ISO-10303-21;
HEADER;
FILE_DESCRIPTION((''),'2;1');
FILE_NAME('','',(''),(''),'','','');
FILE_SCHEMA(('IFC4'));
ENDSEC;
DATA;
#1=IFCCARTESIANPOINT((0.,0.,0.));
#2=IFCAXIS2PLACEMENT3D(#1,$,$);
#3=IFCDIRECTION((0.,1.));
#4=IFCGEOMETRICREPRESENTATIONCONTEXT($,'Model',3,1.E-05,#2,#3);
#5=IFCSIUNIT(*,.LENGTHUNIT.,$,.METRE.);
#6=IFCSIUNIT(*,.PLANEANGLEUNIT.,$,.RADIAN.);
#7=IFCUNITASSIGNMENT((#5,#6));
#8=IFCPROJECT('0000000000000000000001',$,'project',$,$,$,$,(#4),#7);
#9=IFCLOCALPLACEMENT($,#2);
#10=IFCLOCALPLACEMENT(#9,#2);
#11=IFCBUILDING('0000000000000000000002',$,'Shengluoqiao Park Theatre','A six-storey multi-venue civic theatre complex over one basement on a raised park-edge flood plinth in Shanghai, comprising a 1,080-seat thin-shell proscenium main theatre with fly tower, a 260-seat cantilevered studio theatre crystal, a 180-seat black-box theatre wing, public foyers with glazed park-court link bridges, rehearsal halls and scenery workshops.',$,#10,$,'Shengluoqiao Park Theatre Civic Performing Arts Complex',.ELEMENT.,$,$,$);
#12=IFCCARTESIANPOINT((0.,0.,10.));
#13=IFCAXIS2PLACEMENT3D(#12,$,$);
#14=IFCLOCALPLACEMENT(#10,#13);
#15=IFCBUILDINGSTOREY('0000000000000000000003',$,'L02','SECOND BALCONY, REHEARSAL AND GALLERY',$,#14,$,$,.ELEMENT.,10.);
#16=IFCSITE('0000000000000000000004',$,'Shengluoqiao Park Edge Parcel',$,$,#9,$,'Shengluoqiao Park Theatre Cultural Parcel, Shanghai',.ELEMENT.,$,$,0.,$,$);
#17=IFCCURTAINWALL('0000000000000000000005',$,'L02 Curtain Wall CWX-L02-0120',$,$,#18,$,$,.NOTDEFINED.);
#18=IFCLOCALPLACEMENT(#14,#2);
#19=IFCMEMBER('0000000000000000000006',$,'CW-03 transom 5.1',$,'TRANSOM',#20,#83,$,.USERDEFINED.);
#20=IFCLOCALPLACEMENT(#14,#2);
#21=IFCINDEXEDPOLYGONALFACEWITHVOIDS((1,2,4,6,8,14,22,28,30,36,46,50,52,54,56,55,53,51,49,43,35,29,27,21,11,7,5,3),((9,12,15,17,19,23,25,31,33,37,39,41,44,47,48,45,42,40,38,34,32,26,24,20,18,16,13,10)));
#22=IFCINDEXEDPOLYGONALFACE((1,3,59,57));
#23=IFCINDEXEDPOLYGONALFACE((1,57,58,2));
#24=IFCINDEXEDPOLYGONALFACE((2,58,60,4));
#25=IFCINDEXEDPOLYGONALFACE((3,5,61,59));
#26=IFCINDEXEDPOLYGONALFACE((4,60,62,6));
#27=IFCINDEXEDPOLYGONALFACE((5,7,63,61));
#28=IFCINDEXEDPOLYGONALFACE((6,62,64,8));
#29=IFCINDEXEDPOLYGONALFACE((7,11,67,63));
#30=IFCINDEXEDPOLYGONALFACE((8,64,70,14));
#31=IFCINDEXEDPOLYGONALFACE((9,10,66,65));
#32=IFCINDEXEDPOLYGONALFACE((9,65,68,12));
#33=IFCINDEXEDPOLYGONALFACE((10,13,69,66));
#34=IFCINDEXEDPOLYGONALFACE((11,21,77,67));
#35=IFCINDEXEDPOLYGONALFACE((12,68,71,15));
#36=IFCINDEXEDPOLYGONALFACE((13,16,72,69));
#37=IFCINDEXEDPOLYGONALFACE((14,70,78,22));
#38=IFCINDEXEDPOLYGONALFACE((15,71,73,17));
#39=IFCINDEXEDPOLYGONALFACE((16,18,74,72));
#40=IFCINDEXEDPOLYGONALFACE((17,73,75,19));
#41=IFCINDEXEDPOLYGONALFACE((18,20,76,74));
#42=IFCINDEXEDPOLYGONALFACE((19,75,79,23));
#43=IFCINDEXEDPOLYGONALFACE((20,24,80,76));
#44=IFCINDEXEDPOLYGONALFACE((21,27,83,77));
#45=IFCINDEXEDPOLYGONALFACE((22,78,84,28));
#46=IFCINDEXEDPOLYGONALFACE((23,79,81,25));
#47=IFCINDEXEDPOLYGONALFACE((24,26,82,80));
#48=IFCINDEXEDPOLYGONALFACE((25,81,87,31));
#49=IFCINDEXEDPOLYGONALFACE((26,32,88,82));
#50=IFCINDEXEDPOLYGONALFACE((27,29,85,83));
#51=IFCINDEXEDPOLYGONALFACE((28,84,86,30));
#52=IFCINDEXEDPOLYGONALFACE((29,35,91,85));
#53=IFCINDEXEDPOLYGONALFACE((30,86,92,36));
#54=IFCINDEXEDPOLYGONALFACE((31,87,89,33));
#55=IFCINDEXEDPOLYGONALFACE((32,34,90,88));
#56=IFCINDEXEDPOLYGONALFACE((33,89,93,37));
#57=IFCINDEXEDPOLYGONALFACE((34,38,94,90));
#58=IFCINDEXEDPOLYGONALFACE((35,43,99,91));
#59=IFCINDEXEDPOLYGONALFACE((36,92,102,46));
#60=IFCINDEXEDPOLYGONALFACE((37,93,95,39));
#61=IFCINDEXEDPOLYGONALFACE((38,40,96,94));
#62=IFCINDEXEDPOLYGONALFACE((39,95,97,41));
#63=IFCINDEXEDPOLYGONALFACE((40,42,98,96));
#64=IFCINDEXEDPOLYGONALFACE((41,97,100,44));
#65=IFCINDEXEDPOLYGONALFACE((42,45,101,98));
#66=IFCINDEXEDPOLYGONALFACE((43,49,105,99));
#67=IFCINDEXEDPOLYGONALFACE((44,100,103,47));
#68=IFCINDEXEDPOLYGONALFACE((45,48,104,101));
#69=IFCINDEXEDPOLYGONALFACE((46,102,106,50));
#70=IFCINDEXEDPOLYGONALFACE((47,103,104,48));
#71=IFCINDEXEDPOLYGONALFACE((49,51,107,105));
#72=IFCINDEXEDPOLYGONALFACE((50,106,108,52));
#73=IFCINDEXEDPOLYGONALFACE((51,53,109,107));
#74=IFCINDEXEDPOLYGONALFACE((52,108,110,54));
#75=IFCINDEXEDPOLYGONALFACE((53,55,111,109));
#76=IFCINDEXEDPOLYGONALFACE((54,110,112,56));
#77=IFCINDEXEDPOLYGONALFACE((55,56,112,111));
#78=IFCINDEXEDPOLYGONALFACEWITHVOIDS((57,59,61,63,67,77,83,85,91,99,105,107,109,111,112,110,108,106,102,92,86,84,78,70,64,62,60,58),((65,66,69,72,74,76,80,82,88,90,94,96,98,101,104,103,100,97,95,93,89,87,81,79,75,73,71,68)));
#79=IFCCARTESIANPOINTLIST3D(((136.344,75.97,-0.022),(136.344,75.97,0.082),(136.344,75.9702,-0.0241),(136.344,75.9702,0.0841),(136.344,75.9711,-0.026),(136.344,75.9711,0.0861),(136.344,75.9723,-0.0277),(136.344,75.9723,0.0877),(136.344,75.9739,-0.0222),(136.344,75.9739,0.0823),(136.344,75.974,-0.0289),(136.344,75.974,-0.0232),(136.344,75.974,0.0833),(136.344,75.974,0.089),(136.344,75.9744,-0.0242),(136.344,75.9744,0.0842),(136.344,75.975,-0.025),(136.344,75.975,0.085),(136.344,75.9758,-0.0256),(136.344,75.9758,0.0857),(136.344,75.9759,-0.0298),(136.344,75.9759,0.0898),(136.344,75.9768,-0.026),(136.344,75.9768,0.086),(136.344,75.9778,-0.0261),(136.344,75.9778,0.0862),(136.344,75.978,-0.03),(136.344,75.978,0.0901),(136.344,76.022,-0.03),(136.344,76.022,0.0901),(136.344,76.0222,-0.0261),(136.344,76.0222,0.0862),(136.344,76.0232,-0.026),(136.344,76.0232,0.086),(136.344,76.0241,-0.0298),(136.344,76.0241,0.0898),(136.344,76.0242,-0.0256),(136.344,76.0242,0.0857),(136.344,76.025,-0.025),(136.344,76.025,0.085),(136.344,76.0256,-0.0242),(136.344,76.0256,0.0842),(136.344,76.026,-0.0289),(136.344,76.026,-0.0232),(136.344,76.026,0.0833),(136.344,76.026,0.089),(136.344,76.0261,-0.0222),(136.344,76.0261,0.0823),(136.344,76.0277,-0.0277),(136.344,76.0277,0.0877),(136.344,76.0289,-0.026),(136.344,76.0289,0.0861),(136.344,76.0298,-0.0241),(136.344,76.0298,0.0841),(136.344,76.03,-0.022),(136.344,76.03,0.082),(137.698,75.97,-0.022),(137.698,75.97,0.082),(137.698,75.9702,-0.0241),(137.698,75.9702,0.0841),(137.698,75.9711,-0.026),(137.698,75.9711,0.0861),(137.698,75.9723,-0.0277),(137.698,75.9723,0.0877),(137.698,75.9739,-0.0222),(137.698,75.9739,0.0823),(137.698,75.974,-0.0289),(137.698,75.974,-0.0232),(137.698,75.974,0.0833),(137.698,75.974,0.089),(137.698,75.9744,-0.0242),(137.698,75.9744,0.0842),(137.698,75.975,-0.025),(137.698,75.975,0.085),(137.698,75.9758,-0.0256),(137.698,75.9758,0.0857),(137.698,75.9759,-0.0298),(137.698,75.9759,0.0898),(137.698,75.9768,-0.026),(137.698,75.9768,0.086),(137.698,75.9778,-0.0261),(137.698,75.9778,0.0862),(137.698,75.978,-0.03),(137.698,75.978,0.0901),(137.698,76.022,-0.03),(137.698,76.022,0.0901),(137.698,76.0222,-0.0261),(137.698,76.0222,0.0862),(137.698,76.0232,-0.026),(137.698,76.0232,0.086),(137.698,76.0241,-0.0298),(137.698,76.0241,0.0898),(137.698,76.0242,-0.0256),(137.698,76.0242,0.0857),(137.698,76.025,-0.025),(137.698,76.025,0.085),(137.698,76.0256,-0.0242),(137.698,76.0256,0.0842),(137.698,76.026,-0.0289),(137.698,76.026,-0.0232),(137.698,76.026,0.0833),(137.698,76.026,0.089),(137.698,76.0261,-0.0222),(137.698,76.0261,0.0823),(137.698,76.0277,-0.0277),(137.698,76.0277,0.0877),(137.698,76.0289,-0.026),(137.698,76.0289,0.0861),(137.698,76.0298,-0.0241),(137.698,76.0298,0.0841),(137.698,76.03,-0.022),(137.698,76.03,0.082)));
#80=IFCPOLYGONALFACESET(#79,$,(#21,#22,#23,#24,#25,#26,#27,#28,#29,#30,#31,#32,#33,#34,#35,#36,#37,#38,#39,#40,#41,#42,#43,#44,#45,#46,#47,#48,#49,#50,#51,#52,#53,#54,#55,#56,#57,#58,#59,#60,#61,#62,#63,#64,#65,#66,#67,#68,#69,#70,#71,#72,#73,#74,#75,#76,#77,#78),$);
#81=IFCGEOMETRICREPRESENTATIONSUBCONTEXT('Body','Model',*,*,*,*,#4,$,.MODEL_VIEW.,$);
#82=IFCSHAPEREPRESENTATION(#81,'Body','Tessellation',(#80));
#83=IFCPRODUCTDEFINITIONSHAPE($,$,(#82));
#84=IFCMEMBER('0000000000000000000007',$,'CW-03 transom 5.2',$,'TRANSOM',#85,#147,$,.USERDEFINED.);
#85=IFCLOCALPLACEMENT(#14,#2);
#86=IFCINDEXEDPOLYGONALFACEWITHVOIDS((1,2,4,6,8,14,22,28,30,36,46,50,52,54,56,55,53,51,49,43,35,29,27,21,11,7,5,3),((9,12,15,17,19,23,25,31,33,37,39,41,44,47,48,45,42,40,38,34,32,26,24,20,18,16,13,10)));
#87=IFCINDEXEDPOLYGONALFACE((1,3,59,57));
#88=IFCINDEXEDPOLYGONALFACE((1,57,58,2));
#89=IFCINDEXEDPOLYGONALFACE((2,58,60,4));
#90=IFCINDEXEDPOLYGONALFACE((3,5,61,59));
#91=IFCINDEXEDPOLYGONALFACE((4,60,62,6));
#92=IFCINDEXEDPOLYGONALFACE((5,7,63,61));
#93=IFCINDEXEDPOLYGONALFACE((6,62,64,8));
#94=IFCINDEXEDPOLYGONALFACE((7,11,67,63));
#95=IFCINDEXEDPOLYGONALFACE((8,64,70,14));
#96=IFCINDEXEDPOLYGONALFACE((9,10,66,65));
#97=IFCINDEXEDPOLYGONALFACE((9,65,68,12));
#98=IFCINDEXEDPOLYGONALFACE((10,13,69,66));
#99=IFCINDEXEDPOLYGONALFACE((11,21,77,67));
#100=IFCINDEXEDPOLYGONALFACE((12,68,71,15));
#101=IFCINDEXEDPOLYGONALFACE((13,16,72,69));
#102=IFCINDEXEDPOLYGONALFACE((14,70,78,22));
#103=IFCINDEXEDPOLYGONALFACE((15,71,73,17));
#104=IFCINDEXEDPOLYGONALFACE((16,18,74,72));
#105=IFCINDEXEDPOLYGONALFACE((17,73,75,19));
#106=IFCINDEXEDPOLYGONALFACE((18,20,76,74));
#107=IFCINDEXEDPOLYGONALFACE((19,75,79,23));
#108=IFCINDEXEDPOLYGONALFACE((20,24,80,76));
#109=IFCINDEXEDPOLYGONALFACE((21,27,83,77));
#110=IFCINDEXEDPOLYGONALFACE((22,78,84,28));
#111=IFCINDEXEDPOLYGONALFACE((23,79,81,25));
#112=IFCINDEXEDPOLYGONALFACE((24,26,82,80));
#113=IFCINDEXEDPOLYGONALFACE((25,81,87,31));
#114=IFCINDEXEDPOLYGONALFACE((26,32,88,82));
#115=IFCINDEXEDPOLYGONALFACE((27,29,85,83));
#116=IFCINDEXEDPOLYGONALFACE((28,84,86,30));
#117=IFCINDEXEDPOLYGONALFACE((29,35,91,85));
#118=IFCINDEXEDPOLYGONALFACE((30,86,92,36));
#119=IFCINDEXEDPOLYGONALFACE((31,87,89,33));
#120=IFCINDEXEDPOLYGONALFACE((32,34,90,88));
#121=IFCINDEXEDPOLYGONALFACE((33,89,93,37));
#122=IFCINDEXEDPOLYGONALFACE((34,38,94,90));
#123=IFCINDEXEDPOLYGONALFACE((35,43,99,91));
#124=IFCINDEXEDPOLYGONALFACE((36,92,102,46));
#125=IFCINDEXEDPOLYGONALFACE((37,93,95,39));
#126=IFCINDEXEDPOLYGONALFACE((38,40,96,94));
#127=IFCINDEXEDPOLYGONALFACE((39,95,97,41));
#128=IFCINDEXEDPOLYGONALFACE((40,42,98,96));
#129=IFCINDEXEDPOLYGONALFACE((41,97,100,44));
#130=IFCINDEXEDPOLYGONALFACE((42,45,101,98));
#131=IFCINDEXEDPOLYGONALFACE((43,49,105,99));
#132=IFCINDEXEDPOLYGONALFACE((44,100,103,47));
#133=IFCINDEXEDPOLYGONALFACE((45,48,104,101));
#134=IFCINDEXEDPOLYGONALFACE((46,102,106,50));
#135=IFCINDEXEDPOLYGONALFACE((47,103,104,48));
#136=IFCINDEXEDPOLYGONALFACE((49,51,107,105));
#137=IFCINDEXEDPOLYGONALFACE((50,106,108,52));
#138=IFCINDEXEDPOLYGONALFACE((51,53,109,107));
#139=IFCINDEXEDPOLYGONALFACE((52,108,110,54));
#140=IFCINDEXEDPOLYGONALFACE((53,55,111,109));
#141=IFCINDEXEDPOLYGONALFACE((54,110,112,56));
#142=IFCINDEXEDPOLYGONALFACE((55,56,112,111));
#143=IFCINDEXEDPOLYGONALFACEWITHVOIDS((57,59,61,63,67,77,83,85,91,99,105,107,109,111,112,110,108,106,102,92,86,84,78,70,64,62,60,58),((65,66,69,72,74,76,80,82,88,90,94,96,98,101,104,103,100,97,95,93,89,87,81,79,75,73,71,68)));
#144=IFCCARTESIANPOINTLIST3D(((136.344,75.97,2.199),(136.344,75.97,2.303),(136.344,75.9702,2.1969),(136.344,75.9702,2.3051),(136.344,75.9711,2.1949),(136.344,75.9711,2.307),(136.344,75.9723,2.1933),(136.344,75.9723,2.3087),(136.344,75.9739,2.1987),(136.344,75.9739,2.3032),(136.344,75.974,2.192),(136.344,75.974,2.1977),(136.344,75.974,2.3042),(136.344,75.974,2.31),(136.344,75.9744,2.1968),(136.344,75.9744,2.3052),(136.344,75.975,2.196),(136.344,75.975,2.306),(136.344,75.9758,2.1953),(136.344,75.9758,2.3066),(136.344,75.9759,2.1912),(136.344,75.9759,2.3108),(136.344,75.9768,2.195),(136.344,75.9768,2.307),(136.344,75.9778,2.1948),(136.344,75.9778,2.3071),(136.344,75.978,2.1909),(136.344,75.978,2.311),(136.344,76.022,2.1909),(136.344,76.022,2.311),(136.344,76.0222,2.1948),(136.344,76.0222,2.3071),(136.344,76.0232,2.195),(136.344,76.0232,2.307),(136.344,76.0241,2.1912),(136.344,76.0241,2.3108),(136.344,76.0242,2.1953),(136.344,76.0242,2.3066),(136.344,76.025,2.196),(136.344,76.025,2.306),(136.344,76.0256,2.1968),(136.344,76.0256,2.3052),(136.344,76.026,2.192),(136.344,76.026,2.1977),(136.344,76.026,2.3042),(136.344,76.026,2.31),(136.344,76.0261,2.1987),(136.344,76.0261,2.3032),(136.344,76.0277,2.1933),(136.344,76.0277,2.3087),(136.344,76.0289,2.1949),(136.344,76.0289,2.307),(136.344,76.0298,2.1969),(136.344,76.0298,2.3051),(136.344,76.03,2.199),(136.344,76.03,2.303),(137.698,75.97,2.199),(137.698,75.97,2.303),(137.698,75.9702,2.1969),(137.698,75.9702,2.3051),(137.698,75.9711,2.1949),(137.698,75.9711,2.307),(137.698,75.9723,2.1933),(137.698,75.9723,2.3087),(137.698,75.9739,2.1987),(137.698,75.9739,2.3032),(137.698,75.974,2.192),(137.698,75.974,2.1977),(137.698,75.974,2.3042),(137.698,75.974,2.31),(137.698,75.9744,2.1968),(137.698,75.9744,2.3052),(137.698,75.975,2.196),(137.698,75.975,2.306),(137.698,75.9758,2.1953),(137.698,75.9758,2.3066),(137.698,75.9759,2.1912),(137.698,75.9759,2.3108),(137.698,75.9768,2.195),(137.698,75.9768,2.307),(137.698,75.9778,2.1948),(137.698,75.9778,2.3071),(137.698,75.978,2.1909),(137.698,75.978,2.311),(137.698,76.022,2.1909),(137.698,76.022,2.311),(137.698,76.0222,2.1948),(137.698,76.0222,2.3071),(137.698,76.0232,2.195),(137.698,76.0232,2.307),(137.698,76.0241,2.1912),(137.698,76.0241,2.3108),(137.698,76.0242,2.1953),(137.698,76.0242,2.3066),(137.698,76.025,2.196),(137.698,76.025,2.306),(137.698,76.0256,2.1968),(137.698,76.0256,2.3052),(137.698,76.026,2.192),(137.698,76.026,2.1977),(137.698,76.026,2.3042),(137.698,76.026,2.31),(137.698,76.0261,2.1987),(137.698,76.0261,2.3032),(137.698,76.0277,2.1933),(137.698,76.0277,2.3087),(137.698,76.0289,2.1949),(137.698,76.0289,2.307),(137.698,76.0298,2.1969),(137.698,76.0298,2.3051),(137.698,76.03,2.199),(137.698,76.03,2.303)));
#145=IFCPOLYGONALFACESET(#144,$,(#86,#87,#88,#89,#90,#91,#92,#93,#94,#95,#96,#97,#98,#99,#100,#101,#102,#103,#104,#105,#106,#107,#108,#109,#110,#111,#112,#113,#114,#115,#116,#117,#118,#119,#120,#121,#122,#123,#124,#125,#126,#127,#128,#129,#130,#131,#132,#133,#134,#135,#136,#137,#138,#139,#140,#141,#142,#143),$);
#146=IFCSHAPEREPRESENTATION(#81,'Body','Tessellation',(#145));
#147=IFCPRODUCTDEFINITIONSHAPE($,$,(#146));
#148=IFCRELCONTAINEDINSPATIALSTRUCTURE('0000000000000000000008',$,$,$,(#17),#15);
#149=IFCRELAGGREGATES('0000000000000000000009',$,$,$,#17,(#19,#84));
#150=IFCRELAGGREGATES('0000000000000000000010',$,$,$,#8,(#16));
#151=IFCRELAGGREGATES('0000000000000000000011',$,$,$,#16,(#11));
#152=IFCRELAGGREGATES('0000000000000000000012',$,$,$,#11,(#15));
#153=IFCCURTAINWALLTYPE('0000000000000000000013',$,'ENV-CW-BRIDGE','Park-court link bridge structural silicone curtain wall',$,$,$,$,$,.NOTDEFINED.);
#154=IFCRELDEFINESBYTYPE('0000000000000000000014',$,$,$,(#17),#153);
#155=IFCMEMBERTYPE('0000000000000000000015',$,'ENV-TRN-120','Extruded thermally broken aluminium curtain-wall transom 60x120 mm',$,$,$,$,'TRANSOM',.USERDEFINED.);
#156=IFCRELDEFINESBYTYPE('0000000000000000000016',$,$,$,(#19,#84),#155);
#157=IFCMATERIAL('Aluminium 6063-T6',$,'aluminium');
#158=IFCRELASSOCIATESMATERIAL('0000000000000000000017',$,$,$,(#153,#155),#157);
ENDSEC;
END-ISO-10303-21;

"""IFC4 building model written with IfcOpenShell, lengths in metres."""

from ifc_helpers import new_model, si_unit, direction, frame, origin, origin_2d, place, context, subcontext, project, spatial, hollow_rectangle, extrude, material, material_profile, profile_set, type_object, element, aggregate, save


model = new_model("IFC4")

# Units and contexts
model_context = context("Model", 3, precision=1e-05, world=origin(), true_north=direction((0.0, 1.0)))
body_context = subcontext(model_context, "Body", "Model", "MODEL_VIEW")
ifc_project = project(units=[si_unit("LENGTHUNIT", "METRE"), si_unit("PLANEANGLEUNIT", "RADIAN")], contexts=[model_context])

# Site, building, storey
site_placement = place(None, origin())
site = spatial("IfcSite", under=ifc_project, at=site_placement, Name="Shengluoqiao Park Edge Parcel", LongName="Shengluoqiao Park Theatre Cultural Parcel, Shanghai", CompositionType="ELEMENT", RefElevation=0.0)
building_placement = place(site_placement, origin())
building = spatial("IfcBuilding", under=site, at=building_placement, Name="Shengluoqiao Park Theatre", Description="A six-storey multi-venue civic theatre complex over one basement on a raised park-edge flood plinth in Shanghai, comprising a 1,080-seat thin-shell proscenium main theatre with fly tower, a 260-seat cantilevered studio theatre crystal, a 180-seat black-box theatre wing, public foyers with glazed park-court link bridges, rehearsal halls and scenery workshops.", LongName="Shengluoqiao Park Theatre Civic Performing Arts Complex", CompositionType="ELEMENT")
storey_placement = place(building_placement, frame((0.0, 0.0, 10.0)))
storey = spatial("IfcBuildingStorey", under=building, at=storey_placement, Name="L02", Description="SECOND BALCONY, REHEARSAL AND GALLERY", CompositionType="ELEMENT", Elevation=10.0)

# Curtain wall, members
ifc_material_1 = material(Name="Aluminium 6063-T6", Category="aluminium")
curtain_wall_type = type_object("IfcCurtainWallType", Name="ENV-CW-BRIDGE", Description="Park-court link bridge structural silicone curtain wall", PredefinedType="NOTDEFINED", material=ifc_material_1)
curtain_wall_placement = place(storey_placement, origin())
curtain_wall = element("IfcCurtainWall", 1, at=curtain_wall_placement, inside=storey, type_object=curtain_wall_type, Name="L02 Curtain Wall CWX-L02-0120", PredefinedType="NOTDEFINED")
ifc_material_profile_1 = material_profile(ifc_material_1, hollow_rectangle(XDim=0.0601, YDim=0.1201, WallThickness=0.0039, InnerFilletRadius=0.0039, OuterFilletRadius=0.0081, at=origin_2d()), Name="ALU TRANSOM 120x60x4")
ifc_profile_set_1 = profile_set([ifc_material_profile_1], Name="Aluminium 6063-T6")
member_type_1 = type_object("IfcMemberType", Name="ENV-TRN-120", Description="Extruded thermally broken aluminium curtain-wall transom 60x120 mm", ElementType="TRANSOM", PredefinedType="USERDEFINED", material=ifc_profile_set_1)
member_1_placement = place(storey_placement, frame((136.344, 76.0, 0.03), z_axis=(1.0, 0.0, 0.0), x_axis=(0.0, 1.0, 0.0)))
member_1 = element("IfcMember", 2, at=member_1_placement, type_object=member_type_1, Name="CW-03 transom 5.1", ObjectType="TRANSOM", PredefinedType="USERDEFINED", context=body_context, shape_type="SweptSolid", body=[
    extrude(hollow_rectangle(XDim=0.0601, YDim=0.1201, WallThickness=0.0039, InnerFilletRadius=0.0039, OuterFilletRadius=0.0081, at=origin_2d()), origin(), (0.0, 0.0, 1.0), 1.354),
])
member_2_placement = place(storey_placement, frame((136.344, 76.0, 2.251), z_axis=(1.0, 0.0, 0.0), x_axis=(0.0, 1.0, 0.0)))
member_2 = element("IfcMember", 3, at=member_2_placement, type_object=member_type_1, Name="CW-03 transom 5.2", ObjectType="TRANSOM", PredefinedType="USERDEFINED", context=body_context, shape_type="SweptSolid", body=[
    extrude(hollow_rectangle(XDim=0.0601, YDim=0.1201, WallThickness=0.0039, InnerFilletRadius=0.0039, OuterFilletRadius=0.0081, at=origin_2d()), origin(), (0.0, 0.0, 1.0), 1.354),
])

aggregate(curtain_wall, [member_1, member_2])

save(model, "model.ifc")
